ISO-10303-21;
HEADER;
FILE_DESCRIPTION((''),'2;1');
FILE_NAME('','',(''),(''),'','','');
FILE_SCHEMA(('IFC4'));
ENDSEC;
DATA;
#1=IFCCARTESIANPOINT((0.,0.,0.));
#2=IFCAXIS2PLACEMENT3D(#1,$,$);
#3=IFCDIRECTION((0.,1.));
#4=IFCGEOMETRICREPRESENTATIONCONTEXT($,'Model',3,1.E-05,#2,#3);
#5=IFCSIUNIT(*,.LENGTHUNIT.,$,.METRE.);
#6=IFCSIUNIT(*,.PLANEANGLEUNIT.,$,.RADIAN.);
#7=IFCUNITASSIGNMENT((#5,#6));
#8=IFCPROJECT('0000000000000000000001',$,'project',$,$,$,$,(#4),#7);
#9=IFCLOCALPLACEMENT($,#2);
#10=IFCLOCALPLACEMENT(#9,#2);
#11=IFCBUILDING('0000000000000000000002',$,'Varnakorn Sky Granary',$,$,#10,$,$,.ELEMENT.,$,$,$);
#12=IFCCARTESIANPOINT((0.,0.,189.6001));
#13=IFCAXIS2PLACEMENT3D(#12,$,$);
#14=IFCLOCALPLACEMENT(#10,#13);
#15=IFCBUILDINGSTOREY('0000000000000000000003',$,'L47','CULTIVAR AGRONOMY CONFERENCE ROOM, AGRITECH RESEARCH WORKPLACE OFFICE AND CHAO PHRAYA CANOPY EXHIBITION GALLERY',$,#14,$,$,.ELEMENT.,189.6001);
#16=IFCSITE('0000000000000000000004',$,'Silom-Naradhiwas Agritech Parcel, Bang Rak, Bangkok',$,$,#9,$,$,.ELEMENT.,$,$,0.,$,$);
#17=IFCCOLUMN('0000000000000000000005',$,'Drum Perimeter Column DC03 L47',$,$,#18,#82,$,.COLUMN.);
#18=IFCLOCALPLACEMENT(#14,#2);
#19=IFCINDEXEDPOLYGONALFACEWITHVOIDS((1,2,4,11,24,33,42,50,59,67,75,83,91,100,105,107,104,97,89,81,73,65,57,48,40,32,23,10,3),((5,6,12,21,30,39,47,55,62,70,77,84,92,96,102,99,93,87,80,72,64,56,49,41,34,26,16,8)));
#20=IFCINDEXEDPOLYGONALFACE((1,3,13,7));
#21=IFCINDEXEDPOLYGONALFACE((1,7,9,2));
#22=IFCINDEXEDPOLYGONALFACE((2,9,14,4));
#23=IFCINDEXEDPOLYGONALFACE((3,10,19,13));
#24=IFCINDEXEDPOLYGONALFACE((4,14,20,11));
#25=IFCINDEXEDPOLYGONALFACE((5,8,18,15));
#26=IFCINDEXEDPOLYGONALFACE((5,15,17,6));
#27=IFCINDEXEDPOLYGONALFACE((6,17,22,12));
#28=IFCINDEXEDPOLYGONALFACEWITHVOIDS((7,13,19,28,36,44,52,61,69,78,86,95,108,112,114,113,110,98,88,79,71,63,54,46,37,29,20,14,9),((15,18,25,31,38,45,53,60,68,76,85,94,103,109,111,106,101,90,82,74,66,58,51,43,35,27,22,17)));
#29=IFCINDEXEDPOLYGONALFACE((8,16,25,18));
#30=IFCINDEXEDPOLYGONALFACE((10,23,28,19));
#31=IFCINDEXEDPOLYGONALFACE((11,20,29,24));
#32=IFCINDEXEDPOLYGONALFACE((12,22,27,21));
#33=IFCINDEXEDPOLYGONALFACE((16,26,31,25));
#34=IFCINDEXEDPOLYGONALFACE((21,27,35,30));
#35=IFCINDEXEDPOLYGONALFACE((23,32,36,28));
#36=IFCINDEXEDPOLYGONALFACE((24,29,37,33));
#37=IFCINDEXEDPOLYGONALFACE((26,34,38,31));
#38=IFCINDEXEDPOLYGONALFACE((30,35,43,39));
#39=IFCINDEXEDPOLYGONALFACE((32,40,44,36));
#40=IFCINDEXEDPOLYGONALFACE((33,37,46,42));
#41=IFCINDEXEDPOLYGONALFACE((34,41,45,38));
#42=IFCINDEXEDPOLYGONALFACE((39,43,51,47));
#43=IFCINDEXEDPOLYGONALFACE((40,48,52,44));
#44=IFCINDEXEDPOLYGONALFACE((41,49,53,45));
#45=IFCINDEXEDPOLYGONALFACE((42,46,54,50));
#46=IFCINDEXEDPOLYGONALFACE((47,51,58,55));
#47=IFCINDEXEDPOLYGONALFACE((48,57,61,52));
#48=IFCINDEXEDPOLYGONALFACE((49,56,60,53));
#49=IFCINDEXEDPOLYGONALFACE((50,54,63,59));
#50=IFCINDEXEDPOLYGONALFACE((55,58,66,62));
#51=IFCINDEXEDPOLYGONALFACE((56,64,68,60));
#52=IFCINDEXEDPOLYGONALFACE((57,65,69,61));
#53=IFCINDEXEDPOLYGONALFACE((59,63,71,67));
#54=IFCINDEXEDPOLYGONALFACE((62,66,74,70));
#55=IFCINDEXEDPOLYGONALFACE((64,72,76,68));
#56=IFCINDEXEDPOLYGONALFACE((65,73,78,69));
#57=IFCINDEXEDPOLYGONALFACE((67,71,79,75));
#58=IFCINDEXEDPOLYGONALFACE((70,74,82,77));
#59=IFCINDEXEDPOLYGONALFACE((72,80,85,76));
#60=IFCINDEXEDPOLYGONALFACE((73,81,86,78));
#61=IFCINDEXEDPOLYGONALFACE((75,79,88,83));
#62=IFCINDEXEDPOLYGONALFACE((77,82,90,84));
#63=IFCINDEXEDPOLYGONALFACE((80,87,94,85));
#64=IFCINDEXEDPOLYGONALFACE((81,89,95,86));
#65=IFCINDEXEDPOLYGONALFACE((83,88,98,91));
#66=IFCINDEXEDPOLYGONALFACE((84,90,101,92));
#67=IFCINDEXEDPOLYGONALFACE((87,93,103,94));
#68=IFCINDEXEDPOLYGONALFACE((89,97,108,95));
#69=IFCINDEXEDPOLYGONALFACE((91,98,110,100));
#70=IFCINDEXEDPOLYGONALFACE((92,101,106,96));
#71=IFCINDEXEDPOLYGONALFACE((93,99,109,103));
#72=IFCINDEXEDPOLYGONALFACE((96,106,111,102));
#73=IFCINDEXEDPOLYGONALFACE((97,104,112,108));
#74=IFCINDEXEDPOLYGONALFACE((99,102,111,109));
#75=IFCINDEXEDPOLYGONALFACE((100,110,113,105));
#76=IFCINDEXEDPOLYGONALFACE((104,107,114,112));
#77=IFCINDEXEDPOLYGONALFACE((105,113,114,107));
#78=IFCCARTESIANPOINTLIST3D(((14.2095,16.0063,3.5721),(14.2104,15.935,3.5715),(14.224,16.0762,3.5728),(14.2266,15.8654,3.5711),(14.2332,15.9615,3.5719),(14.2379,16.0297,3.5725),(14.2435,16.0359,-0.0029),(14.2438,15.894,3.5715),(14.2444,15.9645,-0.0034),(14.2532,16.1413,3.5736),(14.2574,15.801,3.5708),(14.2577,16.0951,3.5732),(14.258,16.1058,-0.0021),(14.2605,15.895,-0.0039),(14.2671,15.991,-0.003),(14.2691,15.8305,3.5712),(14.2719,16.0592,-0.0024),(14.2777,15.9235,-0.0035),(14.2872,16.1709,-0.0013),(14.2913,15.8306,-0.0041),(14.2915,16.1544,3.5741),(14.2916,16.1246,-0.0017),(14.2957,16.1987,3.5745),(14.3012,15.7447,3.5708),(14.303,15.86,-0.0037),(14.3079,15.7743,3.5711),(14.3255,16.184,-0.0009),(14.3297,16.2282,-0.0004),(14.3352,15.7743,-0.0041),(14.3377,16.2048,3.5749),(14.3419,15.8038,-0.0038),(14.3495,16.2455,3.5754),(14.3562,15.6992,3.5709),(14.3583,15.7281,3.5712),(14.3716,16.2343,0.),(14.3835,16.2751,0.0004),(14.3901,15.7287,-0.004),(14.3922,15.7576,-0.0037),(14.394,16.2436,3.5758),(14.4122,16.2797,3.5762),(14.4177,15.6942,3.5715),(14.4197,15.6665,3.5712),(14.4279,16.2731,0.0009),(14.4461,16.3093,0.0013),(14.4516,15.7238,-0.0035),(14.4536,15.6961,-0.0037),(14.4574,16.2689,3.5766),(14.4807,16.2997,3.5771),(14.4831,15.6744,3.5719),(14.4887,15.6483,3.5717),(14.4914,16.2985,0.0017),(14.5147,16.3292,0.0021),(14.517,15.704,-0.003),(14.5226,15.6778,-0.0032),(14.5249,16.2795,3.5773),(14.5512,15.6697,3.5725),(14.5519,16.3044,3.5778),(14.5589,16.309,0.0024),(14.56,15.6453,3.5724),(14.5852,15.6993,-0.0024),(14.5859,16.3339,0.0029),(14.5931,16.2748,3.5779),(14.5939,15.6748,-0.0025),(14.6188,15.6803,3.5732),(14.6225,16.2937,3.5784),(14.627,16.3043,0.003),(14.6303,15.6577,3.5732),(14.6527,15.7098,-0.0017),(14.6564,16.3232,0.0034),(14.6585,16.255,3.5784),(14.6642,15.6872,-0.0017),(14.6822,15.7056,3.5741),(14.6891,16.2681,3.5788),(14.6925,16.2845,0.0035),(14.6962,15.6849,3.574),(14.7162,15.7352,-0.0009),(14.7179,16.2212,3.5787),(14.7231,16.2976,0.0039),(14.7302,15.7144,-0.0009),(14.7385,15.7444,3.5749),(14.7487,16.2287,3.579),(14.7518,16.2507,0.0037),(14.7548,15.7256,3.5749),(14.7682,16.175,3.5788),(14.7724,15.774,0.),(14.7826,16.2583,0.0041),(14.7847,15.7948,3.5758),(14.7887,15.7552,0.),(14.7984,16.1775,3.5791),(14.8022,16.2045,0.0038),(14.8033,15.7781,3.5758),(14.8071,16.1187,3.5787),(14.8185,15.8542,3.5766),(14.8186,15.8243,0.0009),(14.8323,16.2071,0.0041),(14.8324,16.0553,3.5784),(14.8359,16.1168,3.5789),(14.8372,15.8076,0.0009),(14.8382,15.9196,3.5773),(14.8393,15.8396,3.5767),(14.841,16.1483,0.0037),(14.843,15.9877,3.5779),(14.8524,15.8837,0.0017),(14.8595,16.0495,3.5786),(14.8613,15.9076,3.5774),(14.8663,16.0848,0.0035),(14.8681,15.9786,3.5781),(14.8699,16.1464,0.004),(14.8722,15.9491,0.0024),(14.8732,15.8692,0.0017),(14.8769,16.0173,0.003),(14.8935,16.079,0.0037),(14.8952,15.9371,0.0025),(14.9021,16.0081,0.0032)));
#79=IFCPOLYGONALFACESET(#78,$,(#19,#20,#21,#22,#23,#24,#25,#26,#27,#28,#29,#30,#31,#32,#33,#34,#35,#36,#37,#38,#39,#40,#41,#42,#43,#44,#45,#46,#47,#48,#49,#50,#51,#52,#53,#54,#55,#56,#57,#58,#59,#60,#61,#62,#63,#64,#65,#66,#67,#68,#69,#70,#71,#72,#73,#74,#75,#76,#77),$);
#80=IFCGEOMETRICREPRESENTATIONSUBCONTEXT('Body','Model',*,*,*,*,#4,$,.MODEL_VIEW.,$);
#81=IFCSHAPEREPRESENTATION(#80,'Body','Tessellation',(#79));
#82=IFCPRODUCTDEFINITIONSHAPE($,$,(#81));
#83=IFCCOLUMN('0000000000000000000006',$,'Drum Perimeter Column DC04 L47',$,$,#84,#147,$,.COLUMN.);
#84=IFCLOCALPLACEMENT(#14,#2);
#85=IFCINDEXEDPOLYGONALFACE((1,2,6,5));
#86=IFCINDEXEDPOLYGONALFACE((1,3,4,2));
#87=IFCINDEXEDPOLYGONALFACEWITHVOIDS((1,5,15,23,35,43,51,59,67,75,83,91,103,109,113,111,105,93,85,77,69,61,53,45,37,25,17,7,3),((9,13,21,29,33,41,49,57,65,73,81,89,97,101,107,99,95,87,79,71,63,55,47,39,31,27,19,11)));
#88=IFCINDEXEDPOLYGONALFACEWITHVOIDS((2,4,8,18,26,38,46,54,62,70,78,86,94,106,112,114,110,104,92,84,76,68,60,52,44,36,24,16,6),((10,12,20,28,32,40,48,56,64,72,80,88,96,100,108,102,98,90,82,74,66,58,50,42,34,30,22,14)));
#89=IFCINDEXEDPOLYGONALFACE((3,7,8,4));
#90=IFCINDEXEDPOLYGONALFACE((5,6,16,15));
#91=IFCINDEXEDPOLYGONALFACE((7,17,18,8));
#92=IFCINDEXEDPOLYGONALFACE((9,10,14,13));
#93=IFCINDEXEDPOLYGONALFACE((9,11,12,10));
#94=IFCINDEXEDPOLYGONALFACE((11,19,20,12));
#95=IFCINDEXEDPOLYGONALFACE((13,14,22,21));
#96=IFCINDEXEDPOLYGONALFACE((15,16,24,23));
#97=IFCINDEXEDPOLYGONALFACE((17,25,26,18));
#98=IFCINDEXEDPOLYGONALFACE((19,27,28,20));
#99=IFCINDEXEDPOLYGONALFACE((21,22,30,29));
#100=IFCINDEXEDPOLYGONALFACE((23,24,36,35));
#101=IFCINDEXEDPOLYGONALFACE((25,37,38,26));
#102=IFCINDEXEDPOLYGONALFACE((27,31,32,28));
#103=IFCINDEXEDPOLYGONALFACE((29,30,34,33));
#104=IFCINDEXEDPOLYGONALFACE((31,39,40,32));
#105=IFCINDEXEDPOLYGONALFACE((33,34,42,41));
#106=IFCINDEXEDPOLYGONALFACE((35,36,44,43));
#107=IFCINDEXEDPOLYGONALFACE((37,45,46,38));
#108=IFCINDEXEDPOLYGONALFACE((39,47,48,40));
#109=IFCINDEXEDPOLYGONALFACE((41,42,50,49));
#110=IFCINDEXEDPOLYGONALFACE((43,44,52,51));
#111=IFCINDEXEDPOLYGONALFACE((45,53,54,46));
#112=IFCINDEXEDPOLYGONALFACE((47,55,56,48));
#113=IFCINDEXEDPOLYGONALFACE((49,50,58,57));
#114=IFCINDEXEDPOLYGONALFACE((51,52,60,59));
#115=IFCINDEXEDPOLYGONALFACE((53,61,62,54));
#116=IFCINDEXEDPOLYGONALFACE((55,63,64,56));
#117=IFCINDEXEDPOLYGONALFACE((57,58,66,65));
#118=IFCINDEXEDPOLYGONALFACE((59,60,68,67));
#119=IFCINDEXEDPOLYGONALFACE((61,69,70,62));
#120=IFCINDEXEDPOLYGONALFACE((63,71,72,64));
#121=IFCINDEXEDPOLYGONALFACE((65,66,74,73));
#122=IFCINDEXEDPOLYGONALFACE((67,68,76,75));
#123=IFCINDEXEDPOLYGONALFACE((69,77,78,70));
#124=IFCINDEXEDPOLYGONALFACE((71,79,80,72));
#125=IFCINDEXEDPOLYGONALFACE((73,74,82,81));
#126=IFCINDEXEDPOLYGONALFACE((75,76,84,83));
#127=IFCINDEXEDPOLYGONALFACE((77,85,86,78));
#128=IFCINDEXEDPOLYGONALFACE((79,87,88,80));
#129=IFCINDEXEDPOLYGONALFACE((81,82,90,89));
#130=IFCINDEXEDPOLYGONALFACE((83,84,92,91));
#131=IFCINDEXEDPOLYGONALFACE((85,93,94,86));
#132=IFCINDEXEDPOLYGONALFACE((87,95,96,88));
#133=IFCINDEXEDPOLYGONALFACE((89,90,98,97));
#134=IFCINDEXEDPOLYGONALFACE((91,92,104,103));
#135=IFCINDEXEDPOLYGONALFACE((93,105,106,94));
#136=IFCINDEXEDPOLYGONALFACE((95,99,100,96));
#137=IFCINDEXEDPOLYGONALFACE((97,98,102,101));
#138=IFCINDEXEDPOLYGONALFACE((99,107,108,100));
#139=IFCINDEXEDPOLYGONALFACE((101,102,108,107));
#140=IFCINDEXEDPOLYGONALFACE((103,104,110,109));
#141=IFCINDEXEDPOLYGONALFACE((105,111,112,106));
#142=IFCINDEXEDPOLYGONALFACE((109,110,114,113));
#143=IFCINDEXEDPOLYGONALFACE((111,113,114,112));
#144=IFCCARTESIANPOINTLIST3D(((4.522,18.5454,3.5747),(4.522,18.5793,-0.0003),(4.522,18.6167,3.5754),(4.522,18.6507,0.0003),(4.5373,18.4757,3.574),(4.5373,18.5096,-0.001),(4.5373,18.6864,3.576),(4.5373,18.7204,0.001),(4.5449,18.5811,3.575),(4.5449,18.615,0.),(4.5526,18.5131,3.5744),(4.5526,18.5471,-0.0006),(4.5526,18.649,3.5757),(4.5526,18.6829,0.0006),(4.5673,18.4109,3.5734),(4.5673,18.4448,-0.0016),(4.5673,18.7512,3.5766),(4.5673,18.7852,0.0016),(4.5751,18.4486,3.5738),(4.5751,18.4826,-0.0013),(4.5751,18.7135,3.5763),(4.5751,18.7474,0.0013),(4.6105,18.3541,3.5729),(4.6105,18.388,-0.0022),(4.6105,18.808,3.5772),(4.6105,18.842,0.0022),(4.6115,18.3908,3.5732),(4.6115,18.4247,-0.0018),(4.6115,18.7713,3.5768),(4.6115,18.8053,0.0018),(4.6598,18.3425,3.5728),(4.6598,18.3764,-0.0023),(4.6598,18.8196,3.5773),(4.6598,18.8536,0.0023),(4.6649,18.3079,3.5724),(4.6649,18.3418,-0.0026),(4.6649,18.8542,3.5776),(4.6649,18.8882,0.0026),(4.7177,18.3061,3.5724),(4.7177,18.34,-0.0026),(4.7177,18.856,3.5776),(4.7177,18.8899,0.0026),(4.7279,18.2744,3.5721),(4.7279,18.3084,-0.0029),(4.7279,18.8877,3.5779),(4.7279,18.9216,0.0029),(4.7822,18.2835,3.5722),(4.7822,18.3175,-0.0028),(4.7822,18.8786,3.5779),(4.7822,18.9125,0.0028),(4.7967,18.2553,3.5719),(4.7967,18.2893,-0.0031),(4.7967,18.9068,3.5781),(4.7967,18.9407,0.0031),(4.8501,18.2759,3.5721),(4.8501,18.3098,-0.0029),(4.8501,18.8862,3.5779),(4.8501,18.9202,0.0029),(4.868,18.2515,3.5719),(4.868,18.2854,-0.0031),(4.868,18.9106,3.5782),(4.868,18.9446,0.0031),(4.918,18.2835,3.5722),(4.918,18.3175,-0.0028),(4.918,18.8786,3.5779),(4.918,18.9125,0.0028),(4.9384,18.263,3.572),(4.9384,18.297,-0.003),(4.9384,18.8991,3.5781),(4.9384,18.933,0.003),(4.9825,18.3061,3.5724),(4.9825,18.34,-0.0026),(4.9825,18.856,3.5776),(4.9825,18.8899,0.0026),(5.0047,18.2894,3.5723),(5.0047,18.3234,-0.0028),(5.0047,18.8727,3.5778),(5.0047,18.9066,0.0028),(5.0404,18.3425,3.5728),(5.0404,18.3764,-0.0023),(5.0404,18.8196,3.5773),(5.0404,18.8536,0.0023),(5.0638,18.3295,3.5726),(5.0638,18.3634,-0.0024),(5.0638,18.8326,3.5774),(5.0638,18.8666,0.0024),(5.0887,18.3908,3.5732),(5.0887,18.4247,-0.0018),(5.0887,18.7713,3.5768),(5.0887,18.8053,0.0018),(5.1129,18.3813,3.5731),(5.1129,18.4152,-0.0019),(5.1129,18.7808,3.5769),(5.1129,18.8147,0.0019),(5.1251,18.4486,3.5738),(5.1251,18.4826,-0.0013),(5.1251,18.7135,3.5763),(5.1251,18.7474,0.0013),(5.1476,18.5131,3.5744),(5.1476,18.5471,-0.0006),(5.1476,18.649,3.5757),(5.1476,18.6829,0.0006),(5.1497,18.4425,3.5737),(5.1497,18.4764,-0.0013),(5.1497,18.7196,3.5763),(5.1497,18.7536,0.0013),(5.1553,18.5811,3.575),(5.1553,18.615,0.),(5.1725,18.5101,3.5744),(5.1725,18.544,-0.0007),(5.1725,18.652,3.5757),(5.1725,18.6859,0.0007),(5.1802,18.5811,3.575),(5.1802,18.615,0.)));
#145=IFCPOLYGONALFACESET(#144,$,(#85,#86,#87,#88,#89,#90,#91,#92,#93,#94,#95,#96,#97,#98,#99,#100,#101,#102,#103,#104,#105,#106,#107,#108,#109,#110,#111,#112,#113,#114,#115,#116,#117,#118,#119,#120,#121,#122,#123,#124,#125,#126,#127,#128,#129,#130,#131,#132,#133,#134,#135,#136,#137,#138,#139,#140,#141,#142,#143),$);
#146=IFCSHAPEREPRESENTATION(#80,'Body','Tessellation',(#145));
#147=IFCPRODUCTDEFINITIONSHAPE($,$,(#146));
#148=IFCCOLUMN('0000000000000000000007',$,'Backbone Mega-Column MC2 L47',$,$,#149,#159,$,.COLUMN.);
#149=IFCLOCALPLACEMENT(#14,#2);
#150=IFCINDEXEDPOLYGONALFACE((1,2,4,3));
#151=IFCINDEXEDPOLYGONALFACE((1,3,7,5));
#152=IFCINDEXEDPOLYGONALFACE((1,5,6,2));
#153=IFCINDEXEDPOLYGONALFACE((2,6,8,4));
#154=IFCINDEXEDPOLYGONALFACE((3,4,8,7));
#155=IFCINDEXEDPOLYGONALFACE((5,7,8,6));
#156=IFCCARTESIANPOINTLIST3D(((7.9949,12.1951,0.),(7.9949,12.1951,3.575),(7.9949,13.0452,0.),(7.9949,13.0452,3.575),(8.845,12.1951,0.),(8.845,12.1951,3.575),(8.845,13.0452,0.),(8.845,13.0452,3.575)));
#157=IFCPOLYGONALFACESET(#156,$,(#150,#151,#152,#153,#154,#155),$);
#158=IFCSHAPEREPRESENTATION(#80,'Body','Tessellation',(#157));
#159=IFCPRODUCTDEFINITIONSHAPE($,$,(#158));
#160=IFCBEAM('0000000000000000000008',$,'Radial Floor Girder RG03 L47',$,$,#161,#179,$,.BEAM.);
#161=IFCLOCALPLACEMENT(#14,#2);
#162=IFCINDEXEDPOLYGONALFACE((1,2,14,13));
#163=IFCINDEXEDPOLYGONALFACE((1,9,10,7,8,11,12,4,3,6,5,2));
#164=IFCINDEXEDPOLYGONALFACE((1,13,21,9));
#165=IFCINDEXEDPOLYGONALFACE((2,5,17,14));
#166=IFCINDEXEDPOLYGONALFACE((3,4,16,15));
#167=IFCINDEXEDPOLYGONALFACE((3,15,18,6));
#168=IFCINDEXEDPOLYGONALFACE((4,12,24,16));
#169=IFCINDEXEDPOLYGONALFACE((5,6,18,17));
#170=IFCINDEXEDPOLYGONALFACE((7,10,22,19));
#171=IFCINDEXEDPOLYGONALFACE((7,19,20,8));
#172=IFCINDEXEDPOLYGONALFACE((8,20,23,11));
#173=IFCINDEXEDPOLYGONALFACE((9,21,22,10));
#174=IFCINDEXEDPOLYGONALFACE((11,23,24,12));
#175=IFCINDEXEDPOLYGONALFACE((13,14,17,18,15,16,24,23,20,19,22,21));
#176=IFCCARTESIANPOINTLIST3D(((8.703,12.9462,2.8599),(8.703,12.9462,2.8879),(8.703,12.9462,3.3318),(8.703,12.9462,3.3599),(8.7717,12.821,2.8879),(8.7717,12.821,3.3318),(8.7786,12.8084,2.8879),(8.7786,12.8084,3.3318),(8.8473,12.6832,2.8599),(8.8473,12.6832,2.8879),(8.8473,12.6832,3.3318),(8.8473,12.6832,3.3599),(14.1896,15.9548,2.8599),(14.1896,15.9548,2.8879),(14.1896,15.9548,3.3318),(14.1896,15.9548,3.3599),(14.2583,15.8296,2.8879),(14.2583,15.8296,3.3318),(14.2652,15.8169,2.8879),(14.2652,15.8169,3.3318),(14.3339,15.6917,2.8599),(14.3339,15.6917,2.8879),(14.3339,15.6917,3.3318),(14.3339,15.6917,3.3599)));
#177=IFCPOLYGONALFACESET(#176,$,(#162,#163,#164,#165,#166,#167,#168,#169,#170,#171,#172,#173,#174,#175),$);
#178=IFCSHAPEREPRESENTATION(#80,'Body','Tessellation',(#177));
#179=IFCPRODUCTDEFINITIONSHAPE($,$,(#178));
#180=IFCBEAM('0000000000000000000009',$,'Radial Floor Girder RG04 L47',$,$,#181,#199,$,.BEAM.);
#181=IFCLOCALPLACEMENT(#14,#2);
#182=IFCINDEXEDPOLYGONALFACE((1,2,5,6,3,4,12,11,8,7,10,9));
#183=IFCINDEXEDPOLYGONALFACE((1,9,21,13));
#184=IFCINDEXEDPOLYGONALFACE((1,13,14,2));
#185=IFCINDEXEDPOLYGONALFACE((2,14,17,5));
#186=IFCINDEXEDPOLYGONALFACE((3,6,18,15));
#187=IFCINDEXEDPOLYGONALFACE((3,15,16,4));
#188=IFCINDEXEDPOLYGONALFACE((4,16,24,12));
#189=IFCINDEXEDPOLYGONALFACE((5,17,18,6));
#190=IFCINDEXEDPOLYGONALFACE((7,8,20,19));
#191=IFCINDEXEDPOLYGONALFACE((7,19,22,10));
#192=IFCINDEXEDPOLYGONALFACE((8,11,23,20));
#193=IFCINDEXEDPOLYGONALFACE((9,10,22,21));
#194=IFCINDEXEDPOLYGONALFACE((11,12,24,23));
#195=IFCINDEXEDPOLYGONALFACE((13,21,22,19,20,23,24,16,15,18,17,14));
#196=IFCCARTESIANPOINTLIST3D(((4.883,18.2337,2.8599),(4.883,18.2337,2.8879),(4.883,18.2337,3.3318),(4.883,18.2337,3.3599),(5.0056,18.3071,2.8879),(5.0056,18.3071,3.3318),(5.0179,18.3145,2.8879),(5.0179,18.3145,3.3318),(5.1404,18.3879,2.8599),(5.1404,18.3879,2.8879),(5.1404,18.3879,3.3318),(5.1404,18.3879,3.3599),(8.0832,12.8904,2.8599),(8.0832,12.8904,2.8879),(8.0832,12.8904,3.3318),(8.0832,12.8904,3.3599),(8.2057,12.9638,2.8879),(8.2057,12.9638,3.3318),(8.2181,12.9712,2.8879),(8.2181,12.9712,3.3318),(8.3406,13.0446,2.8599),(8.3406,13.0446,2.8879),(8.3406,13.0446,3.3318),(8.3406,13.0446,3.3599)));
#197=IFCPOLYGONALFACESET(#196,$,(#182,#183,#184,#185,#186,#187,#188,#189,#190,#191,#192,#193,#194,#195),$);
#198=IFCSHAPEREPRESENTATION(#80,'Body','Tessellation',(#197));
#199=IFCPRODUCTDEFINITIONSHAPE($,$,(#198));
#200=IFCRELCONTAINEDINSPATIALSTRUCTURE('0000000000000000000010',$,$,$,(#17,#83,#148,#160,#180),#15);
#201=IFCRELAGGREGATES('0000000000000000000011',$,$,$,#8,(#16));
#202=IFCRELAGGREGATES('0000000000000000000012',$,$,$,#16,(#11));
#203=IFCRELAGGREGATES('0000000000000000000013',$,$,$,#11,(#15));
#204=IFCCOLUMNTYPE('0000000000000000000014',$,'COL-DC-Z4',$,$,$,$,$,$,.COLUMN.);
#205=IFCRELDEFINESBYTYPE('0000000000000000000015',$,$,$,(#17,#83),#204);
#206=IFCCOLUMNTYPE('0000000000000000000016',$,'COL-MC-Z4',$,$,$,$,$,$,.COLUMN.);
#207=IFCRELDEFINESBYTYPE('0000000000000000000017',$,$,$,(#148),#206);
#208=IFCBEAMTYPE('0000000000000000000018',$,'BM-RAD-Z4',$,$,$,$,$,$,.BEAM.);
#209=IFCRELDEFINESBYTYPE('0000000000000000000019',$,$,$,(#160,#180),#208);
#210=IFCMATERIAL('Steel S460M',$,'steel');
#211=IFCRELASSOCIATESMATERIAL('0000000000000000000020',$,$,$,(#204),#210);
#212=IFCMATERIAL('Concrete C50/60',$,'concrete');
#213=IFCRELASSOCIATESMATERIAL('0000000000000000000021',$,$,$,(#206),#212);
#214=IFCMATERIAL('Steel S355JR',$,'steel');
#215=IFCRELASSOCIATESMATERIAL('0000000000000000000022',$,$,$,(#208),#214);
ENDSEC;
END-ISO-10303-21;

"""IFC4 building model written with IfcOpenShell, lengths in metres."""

from ifc_helpers import new_model, si_unit, direction, frame, origin, origin_2d, place, context, subcontext, project, spatial, rectangle, hollow_circle, i_section, extrude, material, material_profile, profile_set, type_object, element, save


model = new_model("IFC4")

# Units and contexts
model_context = context("Model", 3, precision=1e-05, world=origin(), true_north=direction((0.0, 1.0)))
body_context = subcontext(model_context, "Body", "Model", "MODEL_VIEW")
ifc_project = project(units=[si_unit("LENGTHUNIT", "METRE"), si_unit("PLANEANGLEUNIT", "RADIAN")], contexts=[model_context])

# Site, building, storey
site_placement = place(None, origin())
site = spatial("IfcSite", under=ifc_project, at=site_placement, Name="Silom-Naradhiwas Agritech Parcel, Bang Rak, Bangkok", CompositionType="ELEMENT", RefElevation=0.0)
building_placement = place(site_placement, origin())
building = spatial("IfcBuilding", under=site, at=building_placement, Name="Varnakorn Sky Granary", CompositionType="ELEMENT")
storey_placement = place(building_placement, frame((0.0, 0.0, 189.6001)))
storey = spatial("IfcBuildingStorey", under=building, at=storey_placement, Name="L47", Description="CULTIVAR AGRONOMY CONFERENCE ROOM, AGRITECH RESEARCH WORKPLACE OFFICE AND CHAO PHRAYA CANOPY EXHIBITION GALLERY", CompositionType="ELEMENT", Elevation=189.6001)

# Columns
ifc_material_1 = material(Name="Steel S460M", Category="steel")
ifc_material_profile_1 = material_profile(ifc_material_1, hollow_circle(Radius=0.3301, WallThickness=0.0249, at=origin_2d()), Name="CHS 660x25")
ifc_profile_set_1 = profile_set([ifc_material_profile_1], Name="Steel S460M")
column_type_1 = type_object("IfcColumnType", Name="COL-DC-Z4", PredefinedType="COLUMN", material=ifc_profile_set_1)
for number, where, z_axis, x_axis, name in (
    (1, (14.572, 16.0042, 0.0), (-0.009492, -0.008263, 0.999921), (0.656582, -0.754255, 0.0), "Drum Perimeter Column DC03 L47"),
    (2, (4.8501, 18.615, 0.0), (0.0, -0.009492, 0.999955), (1.0, 0.0, 0.0), "Drum Perimeter Column DC04 L47"),
):
    element("IfcColumn", number, at=place(storey_placement, frame(where, z_axis=z_axis, x_axis=x_axis)), inside=storey, type_object=column_type_1, Name=name, PredefinedType="COLUMN", context=body_context, shape_type="SweptSolid", body=[
        extrude(hollow_circle(Radius=0.3301, WallThickness=0.0249, at=origin_2d()), origin(), (0.0, 0.0, 1.0), 3.5752),
    ])
ifc_material_2 = material(Name="Concrete C50/60", Category="concrete")
ifc_material_profile_2 = material_profile(ifc_material_2, rectangle(XDim=0.8501, YDim=0.8501, at=origin_2d()), Name="RC 850x850")
ifc_profile_set_2 = profile_set([ifc_material_profile_2], Name="Concrete C50/60")
column_type_2 = type_object("IfcColumnType", Name="COL-MC-Z4", PredefinedType="COLUMN", material=ifc_profile_set_2)
column_placement = place(storey_placement, frame((8.4199, 12.6201, 0.0), z_axis=(0.0, 0.0, 1.0), x_axis=(1.0, 0.0, 0.0)))
element("IfcColumn", 3, at=column_placement, inside=storey, type_object=column_type_2, Name="Backbone Mega-Column MC2 L47", PredefinedType="COLUMN", context=body_context, shape_type="SweptSolid", body=[
    extrude(rectangle(XDim=0.8501, YDim=0.8501, at=origin_2d()), origin(), (0.0, 0.0, 1.0), 3.575),
])

# Beams
ifc_material_3 = material(Name="Steel S355JR", Category="steel")
ifc_material_profile_3 = material_profile(ifc_material_3, i_section(OverallWidth=0.3, OverallDepth=0.5, WebThickness=0.0144, FlangeThickness=0.0281, at=origin_2d()), Name="HE 500 B")
ifc_profile_set_3 = profile_set([ifc_material_profile_3], Name="Steel S355JR")
beam_type_1 = type_object("IfcBeamType", Name="BM-RAD-Z4", PredefinedType="BEAM", material=ifc_profile_set_3)
beam_1_placement = place(storey_placement, frame((8.7751, 12.8147, 3.1099), z_axis=(0.876827, 0.480806, 0.0), x_axis=(-0.480806, 0.876827, 0.0)))
element("IfcBeam", 4, at=beam_1_placement, inside=storey, type_object=beam_type_1, Name="Radial Floor Girder RG03 L47", PredefinedType="BEAM", context=body_context, shape_type="SweptSolid", body=[
    extrude(i_section(OverallWidth=0.3, OverallDepth=0.5, WebThickness=0.0144, FlangeThickness=0.0281, at=origin_2d()), origin(), (0.0, 0.0, 1.0), 6.2573),
])
beam_2_placement = place(storey_placement, frame((8.2119, 12.9675, 3.1099), z_axis=(-0.513815, 0.857901, 0.0), x_axis=(-0.857901, -0.513815, 0.0)))
element("IfcBeam", 5, at=beam_2_placement, inside=storey, type_object=beam_type_1, Name="Radial Floor Girder RG04 L47", PredefinedType="BEAM", context=body_context, shape_type="SweptSolid", body=[
    extrude(i_section(OverallWidth=0.3, OverallDepth=0.5, WebThickness=0.0144, FlangeThickness=0.0281, at=origin_2d()), origin(), (0.0, 0.0, 1.0), 6.2283),
])

save(model, "model.ifc")
